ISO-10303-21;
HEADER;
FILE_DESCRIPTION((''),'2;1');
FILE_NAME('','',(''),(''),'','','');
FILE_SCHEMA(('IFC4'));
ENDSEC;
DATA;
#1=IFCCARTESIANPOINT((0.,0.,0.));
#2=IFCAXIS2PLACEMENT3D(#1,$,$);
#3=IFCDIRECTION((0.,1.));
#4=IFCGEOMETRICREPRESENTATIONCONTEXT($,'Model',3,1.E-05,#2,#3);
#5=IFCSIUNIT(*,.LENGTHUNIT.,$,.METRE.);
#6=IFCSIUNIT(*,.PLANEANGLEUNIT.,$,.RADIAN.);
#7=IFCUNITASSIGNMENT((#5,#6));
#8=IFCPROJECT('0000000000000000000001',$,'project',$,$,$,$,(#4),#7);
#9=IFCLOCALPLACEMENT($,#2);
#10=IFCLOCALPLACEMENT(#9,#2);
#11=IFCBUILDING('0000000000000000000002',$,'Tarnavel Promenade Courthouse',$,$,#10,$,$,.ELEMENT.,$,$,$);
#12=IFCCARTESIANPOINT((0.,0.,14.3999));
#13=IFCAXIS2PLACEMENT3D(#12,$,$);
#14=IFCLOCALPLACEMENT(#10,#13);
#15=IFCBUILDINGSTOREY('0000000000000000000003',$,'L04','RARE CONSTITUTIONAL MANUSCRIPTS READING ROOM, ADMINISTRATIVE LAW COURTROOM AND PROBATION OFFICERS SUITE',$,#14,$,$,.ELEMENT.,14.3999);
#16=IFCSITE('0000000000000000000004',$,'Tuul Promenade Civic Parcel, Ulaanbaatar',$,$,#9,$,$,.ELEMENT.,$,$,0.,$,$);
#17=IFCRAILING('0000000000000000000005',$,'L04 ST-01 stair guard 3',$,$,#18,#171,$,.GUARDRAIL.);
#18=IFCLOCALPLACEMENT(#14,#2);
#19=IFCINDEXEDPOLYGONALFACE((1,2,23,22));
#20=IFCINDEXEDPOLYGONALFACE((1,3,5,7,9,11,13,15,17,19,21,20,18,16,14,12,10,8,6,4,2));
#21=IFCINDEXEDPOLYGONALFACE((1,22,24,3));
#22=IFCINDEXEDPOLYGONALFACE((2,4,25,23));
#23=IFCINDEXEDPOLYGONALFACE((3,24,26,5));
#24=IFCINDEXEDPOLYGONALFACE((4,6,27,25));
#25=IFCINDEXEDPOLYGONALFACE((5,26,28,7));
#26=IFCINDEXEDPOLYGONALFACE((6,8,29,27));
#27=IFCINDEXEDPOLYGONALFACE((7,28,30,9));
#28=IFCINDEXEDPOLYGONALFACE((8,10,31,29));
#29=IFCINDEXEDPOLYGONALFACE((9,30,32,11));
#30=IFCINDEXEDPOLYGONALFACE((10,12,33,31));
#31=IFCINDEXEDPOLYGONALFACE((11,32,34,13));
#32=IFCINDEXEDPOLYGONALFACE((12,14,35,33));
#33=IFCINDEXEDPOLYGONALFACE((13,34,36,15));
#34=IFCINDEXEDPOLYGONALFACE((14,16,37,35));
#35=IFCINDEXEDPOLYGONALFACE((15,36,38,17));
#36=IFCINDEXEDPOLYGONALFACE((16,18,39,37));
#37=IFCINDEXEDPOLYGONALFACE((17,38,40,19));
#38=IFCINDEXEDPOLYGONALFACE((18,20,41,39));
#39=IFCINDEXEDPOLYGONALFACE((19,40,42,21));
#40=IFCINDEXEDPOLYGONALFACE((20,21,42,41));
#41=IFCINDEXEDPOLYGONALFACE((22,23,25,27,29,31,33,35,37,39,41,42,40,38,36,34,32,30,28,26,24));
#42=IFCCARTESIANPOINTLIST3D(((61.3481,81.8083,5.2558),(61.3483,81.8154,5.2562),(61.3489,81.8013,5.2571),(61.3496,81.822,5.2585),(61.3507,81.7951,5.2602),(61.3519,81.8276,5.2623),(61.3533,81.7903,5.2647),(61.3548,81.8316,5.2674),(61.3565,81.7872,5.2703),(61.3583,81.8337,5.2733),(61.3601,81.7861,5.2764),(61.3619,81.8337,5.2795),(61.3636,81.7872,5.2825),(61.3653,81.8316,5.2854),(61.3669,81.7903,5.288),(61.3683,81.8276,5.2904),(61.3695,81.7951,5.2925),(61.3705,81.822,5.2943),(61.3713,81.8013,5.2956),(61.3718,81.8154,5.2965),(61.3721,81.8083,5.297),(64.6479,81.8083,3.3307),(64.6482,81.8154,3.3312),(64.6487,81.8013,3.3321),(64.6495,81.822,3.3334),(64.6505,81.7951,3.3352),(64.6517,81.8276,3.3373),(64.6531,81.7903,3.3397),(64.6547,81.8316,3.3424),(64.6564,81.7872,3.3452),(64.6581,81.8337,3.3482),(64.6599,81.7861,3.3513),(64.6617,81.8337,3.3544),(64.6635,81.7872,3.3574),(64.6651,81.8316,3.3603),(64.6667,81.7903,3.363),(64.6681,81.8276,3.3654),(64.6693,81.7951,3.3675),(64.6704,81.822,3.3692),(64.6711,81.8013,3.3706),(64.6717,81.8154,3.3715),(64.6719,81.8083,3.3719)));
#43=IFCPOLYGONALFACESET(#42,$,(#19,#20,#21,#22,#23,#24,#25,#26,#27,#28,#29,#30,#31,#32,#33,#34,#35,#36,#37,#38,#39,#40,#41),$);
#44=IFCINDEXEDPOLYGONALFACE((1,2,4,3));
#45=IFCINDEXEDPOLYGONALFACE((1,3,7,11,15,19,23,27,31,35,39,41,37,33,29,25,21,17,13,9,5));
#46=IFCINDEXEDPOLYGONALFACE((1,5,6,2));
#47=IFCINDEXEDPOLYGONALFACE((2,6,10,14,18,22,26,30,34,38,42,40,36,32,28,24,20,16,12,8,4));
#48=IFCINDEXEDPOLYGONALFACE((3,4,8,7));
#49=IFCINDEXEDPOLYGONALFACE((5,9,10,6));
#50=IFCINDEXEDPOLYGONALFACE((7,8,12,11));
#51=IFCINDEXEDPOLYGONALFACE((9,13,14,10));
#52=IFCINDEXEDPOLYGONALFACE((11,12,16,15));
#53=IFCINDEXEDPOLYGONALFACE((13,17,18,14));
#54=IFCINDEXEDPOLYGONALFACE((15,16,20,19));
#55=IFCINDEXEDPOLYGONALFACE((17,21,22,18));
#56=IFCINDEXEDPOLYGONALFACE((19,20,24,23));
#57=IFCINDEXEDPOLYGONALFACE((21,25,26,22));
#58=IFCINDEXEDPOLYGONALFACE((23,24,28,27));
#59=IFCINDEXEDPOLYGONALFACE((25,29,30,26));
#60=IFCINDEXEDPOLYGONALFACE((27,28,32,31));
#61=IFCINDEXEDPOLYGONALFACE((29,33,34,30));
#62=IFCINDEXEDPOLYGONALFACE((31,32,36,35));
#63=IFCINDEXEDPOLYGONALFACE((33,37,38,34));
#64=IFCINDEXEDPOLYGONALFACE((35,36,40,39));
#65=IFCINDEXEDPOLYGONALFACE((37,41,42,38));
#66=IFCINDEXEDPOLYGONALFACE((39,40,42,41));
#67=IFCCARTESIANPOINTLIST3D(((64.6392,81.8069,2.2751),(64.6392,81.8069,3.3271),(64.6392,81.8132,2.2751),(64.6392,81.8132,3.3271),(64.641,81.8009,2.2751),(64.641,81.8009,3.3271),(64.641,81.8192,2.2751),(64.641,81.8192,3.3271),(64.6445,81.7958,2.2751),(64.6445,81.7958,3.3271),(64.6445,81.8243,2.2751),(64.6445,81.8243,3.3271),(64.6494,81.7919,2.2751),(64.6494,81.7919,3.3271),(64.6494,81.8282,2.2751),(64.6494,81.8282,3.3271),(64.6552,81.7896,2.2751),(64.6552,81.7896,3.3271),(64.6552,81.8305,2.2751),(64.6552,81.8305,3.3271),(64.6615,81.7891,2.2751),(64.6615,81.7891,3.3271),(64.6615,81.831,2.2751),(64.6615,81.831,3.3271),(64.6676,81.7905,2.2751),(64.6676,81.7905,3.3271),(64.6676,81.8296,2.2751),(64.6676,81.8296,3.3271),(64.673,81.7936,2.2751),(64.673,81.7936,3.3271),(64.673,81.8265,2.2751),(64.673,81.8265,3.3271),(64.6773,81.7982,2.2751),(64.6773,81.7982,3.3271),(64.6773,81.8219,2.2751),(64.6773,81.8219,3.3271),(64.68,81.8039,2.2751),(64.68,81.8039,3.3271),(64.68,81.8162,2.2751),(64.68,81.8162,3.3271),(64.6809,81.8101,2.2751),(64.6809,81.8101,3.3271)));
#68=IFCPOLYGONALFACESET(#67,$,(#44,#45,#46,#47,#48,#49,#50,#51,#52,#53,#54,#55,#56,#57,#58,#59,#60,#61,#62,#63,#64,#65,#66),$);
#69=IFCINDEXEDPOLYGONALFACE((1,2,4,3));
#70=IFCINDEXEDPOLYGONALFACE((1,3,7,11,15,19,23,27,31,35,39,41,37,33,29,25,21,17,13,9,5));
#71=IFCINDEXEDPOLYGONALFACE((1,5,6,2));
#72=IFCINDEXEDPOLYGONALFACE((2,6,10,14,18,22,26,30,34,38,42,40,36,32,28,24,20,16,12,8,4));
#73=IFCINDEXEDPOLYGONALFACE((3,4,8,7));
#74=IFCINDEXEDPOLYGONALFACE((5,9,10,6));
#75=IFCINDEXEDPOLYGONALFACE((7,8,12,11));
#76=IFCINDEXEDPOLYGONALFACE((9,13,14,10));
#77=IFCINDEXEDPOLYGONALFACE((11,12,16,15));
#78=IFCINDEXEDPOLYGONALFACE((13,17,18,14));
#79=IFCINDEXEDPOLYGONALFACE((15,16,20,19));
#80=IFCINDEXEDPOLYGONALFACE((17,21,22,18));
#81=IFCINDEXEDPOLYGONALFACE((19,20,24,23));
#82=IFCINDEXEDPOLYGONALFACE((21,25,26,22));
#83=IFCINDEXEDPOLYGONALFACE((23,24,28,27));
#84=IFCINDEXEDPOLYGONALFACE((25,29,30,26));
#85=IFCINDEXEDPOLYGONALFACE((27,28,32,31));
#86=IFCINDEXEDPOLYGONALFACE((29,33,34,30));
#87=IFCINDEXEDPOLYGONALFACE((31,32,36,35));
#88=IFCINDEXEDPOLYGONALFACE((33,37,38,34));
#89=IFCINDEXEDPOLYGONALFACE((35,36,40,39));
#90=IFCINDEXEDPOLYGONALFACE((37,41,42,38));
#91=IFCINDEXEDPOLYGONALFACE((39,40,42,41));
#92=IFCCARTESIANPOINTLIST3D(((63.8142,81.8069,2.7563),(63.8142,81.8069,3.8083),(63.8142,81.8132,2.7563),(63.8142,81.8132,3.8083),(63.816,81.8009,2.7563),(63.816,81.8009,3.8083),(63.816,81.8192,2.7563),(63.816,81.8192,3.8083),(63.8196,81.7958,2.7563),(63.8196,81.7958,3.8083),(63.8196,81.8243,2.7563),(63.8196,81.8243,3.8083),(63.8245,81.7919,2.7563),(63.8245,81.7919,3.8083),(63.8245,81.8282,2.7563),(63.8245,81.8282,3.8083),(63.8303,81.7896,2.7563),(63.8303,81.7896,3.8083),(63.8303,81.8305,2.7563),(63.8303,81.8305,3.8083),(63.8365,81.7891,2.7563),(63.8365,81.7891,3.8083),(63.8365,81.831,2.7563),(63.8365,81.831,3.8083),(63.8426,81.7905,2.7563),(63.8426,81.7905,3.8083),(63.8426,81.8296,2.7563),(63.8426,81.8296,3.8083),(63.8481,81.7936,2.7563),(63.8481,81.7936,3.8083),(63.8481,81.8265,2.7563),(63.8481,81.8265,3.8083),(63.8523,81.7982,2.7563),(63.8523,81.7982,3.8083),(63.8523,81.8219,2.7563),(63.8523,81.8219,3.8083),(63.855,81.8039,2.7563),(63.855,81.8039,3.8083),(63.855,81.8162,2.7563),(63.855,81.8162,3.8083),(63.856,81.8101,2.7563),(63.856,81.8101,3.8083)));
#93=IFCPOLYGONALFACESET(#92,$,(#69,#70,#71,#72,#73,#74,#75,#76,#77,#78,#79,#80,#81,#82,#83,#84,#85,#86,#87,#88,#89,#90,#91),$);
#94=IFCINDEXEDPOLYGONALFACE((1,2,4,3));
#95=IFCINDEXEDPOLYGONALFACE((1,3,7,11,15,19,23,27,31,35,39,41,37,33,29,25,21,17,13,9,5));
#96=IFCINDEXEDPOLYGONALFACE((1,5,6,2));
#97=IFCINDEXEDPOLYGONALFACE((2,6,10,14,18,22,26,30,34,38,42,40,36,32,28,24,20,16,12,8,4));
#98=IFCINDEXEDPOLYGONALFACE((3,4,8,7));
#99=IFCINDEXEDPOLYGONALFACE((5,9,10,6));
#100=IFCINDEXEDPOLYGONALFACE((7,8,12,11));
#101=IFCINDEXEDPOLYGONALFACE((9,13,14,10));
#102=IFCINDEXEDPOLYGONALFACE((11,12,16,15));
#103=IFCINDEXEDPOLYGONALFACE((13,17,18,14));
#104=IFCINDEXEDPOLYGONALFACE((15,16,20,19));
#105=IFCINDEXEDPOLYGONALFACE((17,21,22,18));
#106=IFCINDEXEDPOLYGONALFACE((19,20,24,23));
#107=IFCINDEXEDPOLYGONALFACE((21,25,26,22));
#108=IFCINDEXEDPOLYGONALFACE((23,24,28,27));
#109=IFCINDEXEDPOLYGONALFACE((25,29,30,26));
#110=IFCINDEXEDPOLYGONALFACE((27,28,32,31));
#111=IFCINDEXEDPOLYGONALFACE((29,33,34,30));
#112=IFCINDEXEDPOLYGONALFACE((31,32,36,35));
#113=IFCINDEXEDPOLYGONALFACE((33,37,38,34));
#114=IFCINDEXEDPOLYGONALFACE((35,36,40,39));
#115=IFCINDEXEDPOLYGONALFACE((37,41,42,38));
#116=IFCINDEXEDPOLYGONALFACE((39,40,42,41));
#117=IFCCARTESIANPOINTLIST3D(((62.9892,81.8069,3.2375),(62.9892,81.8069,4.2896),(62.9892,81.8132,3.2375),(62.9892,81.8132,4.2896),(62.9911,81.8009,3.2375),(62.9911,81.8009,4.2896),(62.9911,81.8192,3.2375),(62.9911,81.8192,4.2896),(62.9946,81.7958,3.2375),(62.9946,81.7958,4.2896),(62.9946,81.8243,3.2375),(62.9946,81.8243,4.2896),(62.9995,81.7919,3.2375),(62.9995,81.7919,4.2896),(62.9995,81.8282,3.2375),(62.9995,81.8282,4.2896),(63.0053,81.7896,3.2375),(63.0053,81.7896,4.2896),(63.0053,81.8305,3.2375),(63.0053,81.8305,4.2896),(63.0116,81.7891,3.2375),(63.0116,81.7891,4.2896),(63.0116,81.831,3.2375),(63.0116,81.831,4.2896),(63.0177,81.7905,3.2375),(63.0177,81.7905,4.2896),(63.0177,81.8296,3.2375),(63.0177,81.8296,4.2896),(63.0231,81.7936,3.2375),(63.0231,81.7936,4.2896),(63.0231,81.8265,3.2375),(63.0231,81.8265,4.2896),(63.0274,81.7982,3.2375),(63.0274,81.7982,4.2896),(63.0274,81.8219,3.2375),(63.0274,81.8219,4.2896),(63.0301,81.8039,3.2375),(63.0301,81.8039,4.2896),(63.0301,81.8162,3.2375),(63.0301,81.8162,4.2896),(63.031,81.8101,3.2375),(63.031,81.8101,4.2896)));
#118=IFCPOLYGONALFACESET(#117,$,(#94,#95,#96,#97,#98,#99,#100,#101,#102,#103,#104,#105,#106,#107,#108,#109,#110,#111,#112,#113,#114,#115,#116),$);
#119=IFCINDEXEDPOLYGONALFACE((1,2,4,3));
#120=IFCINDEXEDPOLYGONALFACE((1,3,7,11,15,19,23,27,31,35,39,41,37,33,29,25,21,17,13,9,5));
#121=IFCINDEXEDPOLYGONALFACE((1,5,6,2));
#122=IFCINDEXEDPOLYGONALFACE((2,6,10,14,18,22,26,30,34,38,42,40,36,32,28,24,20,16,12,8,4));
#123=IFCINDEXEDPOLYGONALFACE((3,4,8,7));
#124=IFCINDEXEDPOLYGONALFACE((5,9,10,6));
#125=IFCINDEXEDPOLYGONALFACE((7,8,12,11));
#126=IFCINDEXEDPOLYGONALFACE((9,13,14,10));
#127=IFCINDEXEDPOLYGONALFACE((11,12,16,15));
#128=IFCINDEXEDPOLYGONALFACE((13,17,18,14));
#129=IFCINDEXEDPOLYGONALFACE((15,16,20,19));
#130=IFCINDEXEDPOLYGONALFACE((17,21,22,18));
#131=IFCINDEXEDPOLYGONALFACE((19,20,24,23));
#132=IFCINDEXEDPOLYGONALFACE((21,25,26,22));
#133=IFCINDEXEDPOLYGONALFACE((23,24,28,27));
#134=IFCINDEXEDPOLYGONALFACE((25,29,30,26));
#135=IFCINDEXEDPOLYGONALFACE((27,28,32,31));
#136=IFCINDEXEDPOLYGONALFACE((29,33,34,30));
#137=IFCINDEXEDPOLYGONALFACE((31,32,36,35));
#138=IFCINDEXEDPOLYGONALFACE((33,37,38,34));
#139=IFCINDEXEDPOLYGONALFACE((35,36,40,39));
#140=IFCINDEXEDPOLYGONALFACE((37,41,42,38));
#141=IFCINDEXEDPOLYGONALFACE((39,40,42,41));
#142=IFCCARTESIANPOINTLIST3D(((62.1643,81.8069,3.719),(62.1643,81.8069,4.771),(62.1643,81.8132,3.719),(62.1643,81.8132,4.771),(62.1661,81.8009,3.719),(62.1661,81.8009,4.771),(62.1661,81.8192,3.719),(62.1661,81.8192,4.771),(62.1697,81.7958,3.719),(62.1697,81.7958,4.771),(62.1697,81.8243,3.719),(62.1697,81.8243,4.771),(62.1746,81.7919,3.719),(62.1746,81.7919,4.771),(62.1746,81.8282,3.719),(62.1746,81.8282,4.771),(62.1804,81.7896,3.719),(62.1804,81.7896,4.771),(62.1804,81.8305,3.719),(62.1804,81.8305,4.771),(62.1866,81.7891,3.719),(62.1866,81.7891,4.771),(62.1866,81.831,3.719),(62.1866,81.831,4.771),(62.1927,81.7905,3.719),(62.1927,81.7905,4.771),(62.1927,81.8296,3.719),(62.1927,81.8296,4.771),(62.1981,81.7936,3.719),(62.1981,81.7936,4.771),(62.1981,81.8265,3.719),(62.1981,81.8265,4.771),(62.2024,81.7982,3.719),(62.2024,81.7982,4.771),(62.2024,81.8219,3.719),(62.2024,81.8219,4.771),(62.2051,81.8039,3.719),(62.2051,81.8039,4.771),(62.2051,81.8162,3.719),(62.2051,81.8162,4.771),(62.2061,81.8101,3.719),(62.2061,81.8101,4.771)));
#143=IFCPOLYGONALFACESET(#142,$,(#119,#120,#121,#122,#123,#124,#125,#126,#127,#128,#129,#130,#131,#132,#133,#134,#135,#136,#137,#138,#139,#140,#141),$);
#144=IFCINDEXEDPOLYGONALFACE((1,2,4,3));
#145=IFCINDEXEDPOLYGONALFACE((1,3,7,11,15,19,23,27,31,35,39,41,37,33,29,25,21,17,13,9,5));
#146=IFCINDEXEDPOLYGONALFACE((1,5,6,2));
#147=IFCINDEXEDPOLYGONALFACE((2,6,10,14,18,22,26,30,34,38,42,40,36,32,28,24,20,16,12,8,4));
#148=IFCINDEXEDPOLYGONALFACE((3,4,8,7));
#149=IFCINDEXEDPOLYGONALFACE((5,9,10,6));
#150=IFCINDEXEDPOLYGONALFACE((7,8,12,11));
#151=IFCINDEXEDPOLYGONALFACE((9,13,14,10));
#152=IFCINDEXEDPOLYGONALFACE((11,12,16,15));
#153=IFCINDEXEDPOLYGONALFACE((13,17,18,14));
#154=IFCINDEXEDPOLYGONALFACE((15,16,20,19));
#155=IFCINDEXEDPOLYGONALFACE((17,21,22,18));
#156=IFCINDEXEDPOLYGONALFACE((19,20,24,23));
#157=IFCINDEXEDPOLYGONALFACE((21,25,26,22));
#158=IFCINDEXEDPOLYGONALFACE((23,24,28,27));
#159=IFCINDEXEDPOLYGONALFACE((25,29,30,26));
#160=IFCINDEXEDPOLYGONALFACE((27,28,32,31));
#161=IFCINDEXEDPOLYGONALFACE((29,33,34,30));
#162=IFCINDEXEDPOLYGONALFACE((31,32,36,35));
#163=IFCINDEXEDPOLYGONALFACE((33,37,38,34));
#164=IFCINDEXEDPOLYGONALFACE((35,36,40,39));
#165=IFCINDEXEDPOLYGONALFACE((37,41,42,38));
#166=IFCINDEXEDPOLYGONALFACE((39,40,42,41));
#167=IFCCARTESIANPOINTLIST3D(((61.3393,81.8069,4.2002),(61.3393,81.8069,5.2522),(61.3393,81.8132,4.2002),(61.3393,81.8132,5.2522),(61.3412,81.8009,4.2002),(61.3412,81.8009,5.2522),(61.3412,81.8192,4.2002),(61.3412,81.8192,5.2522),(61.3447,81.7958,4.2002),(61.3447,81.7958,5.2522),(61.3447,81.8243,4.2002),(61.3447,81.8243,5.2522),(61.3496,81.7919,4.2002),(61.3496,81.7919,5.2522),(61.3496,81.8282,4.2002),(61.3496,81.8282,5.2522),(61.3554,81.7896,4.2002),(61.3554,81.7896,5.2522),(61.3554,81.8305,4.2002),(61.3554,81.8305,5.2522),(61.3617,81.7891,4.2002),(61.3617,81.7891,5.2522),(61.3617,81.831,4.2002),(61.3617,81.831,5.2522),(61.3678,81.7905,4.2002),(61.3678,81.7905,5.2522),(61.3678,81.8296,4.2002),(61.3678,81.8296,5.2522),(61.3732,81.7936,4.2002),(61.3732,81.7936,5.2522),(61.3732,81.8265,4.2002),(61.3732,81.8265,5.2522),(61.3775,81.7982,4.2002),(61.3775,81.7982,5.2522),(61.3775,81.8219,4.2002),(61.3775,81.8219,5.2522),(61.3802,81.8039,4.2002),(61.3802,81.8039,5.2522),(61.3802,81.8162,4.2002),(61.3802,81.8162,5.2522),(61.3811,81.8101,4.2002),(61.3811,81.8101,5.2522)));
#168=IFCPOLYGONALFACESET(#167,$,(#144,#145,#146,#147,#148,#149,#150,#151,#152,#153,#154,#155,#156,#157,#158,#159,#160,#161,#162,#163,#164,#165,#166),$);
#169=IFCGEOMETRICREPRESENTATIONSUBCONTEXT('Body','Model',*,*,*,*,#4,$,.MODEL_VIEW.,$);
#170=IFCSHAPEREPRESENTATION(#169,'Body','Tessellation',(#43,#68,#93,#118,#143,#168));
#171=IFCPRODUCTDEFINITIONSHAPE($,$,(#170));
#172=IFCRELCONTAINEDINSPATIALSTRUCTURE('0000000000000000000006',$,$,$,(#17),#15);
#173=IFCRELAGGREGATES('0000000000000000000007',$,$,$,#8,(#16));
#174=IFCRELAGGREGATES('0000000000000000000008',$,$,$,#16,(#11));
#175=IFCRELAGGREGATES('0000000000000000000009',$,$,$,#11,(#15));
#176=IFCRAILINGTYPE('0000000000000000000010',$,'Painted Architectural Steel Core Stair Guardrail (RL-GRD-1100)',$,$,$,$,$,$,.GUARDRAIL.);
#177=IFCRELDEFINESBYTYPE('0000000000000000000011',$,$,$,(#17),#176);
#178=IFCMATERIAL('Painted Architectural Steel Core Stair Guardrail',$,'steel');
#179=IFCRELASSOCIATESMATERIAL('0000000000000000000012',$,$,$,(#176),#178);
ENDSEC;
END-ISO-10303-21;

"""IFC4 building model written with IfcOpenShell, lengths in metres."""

from ifc_helpers import new_model, si_unit, direction, frame, origin, origin_2d, place, context, subcontext, project, spatial, circle, extrude, material, type_object, element, save


model = new_model("IFC4")

# Units and contexts
model_context = context("Model", 3, precision=1e-05, world=origin(), true_north=direction((0.0, 1.0)))
body_context = subcontext(model_context, "Body", "Model", "MODEL_VIEW")
ifc_project = project(units=[si_unit("LENGTHUNIT", "METRE"), si_unit("PLANEANGLEUNIT", "RADIAN")], contexts=[model_context])

# Site, building, storey
site_placement = place(None, origin())
site = spatial("IfcSite", under=ifc_project, at=site_placement, Name="Tuul Promenade Civic Parcel, Ulaanbaatar", CompositionType="ELEMENT", RefElevation=0.0)
building_placement = place(site_placement, origin())
building = spatial("IfcBuilding", under=site, at=building_placement, Name="Tarnavel Promenade Courthouse", CompositionType="ELEMENT")
storey_placement = place(building_placement, frame((0.0, 0.0, 14.3999)))
storey = spatial("IfcBuildingStorey", under=building, at=storey_placement, Name="L04", Description="RARE CONSTITUTIONAL MANUSCRIPTS READING ROOM, ADMINISTRATIVE LAW COURTROOM AND PROBATION OFFICERS SUITE", CompositionType="ELEMENT", Elevation=14.3999)

# Railing
ifc_material_1 = material(Name="Painted Architectural Steel Core Stair Guardrail", Category="steel")
railing_type_1 = type_object("IfcRailingType", Name="Painted Architectural Steel Core Stair Guardrail (RL-GRD-1100)", PredefinedType="GUARDRAIL", material=ifc_material_1)
railing_1_placement = place(storey_placement, frame((64.6599, 81.8101, 2.2751)))
element("IfcRailing", 1, at=railing_1_placement, inside=storey, type_object=railing_type_1, Name="L04 ST-01 stair guard 3", PredefinedType="GUARDRAIL", context=body_context, shape_type="SweptSolid", body=[
    extrude(circle(Radius=0.0239, at=origin_2d()), frame((0.0, 0.0, 1.0762), z_axis=(-0.86376, 0.0, 0.503903), x_axis=(0.0, -1.0, 0.0)), (0.0, 0.0, 1.0), 3.8203),
    extrude(circle(Radius=0.021, at=origin_2d()), origin(), (0.0, 0.0, 1.0), 1.052),
    extrude(circle(Radius=0.021, at=origin_2d()), frame((-0.825, 0.0, 0.4812)), (0.0, 0.0, 1.0), 1.052),
    extrude(circle(Radius=0.021, at=origin_2d()), frame((-1.6499, 0.0, 0.9624)), (0.0, 0.0, 1.0), 1.052),
    extrude(circle(Radius=0.021, at=origin_2d()), frame((-2.4749, 0.0, 1.4438)), (0.0, 0.0, 1.0), 1.052),
    extrude(circle(Radius=0.021, at=origin_2d()), frame((-3.2998, 0.0, 1.925)), (0.0, 0.0, 1.0), 1.052),
])

save(model, "model.ifc")
